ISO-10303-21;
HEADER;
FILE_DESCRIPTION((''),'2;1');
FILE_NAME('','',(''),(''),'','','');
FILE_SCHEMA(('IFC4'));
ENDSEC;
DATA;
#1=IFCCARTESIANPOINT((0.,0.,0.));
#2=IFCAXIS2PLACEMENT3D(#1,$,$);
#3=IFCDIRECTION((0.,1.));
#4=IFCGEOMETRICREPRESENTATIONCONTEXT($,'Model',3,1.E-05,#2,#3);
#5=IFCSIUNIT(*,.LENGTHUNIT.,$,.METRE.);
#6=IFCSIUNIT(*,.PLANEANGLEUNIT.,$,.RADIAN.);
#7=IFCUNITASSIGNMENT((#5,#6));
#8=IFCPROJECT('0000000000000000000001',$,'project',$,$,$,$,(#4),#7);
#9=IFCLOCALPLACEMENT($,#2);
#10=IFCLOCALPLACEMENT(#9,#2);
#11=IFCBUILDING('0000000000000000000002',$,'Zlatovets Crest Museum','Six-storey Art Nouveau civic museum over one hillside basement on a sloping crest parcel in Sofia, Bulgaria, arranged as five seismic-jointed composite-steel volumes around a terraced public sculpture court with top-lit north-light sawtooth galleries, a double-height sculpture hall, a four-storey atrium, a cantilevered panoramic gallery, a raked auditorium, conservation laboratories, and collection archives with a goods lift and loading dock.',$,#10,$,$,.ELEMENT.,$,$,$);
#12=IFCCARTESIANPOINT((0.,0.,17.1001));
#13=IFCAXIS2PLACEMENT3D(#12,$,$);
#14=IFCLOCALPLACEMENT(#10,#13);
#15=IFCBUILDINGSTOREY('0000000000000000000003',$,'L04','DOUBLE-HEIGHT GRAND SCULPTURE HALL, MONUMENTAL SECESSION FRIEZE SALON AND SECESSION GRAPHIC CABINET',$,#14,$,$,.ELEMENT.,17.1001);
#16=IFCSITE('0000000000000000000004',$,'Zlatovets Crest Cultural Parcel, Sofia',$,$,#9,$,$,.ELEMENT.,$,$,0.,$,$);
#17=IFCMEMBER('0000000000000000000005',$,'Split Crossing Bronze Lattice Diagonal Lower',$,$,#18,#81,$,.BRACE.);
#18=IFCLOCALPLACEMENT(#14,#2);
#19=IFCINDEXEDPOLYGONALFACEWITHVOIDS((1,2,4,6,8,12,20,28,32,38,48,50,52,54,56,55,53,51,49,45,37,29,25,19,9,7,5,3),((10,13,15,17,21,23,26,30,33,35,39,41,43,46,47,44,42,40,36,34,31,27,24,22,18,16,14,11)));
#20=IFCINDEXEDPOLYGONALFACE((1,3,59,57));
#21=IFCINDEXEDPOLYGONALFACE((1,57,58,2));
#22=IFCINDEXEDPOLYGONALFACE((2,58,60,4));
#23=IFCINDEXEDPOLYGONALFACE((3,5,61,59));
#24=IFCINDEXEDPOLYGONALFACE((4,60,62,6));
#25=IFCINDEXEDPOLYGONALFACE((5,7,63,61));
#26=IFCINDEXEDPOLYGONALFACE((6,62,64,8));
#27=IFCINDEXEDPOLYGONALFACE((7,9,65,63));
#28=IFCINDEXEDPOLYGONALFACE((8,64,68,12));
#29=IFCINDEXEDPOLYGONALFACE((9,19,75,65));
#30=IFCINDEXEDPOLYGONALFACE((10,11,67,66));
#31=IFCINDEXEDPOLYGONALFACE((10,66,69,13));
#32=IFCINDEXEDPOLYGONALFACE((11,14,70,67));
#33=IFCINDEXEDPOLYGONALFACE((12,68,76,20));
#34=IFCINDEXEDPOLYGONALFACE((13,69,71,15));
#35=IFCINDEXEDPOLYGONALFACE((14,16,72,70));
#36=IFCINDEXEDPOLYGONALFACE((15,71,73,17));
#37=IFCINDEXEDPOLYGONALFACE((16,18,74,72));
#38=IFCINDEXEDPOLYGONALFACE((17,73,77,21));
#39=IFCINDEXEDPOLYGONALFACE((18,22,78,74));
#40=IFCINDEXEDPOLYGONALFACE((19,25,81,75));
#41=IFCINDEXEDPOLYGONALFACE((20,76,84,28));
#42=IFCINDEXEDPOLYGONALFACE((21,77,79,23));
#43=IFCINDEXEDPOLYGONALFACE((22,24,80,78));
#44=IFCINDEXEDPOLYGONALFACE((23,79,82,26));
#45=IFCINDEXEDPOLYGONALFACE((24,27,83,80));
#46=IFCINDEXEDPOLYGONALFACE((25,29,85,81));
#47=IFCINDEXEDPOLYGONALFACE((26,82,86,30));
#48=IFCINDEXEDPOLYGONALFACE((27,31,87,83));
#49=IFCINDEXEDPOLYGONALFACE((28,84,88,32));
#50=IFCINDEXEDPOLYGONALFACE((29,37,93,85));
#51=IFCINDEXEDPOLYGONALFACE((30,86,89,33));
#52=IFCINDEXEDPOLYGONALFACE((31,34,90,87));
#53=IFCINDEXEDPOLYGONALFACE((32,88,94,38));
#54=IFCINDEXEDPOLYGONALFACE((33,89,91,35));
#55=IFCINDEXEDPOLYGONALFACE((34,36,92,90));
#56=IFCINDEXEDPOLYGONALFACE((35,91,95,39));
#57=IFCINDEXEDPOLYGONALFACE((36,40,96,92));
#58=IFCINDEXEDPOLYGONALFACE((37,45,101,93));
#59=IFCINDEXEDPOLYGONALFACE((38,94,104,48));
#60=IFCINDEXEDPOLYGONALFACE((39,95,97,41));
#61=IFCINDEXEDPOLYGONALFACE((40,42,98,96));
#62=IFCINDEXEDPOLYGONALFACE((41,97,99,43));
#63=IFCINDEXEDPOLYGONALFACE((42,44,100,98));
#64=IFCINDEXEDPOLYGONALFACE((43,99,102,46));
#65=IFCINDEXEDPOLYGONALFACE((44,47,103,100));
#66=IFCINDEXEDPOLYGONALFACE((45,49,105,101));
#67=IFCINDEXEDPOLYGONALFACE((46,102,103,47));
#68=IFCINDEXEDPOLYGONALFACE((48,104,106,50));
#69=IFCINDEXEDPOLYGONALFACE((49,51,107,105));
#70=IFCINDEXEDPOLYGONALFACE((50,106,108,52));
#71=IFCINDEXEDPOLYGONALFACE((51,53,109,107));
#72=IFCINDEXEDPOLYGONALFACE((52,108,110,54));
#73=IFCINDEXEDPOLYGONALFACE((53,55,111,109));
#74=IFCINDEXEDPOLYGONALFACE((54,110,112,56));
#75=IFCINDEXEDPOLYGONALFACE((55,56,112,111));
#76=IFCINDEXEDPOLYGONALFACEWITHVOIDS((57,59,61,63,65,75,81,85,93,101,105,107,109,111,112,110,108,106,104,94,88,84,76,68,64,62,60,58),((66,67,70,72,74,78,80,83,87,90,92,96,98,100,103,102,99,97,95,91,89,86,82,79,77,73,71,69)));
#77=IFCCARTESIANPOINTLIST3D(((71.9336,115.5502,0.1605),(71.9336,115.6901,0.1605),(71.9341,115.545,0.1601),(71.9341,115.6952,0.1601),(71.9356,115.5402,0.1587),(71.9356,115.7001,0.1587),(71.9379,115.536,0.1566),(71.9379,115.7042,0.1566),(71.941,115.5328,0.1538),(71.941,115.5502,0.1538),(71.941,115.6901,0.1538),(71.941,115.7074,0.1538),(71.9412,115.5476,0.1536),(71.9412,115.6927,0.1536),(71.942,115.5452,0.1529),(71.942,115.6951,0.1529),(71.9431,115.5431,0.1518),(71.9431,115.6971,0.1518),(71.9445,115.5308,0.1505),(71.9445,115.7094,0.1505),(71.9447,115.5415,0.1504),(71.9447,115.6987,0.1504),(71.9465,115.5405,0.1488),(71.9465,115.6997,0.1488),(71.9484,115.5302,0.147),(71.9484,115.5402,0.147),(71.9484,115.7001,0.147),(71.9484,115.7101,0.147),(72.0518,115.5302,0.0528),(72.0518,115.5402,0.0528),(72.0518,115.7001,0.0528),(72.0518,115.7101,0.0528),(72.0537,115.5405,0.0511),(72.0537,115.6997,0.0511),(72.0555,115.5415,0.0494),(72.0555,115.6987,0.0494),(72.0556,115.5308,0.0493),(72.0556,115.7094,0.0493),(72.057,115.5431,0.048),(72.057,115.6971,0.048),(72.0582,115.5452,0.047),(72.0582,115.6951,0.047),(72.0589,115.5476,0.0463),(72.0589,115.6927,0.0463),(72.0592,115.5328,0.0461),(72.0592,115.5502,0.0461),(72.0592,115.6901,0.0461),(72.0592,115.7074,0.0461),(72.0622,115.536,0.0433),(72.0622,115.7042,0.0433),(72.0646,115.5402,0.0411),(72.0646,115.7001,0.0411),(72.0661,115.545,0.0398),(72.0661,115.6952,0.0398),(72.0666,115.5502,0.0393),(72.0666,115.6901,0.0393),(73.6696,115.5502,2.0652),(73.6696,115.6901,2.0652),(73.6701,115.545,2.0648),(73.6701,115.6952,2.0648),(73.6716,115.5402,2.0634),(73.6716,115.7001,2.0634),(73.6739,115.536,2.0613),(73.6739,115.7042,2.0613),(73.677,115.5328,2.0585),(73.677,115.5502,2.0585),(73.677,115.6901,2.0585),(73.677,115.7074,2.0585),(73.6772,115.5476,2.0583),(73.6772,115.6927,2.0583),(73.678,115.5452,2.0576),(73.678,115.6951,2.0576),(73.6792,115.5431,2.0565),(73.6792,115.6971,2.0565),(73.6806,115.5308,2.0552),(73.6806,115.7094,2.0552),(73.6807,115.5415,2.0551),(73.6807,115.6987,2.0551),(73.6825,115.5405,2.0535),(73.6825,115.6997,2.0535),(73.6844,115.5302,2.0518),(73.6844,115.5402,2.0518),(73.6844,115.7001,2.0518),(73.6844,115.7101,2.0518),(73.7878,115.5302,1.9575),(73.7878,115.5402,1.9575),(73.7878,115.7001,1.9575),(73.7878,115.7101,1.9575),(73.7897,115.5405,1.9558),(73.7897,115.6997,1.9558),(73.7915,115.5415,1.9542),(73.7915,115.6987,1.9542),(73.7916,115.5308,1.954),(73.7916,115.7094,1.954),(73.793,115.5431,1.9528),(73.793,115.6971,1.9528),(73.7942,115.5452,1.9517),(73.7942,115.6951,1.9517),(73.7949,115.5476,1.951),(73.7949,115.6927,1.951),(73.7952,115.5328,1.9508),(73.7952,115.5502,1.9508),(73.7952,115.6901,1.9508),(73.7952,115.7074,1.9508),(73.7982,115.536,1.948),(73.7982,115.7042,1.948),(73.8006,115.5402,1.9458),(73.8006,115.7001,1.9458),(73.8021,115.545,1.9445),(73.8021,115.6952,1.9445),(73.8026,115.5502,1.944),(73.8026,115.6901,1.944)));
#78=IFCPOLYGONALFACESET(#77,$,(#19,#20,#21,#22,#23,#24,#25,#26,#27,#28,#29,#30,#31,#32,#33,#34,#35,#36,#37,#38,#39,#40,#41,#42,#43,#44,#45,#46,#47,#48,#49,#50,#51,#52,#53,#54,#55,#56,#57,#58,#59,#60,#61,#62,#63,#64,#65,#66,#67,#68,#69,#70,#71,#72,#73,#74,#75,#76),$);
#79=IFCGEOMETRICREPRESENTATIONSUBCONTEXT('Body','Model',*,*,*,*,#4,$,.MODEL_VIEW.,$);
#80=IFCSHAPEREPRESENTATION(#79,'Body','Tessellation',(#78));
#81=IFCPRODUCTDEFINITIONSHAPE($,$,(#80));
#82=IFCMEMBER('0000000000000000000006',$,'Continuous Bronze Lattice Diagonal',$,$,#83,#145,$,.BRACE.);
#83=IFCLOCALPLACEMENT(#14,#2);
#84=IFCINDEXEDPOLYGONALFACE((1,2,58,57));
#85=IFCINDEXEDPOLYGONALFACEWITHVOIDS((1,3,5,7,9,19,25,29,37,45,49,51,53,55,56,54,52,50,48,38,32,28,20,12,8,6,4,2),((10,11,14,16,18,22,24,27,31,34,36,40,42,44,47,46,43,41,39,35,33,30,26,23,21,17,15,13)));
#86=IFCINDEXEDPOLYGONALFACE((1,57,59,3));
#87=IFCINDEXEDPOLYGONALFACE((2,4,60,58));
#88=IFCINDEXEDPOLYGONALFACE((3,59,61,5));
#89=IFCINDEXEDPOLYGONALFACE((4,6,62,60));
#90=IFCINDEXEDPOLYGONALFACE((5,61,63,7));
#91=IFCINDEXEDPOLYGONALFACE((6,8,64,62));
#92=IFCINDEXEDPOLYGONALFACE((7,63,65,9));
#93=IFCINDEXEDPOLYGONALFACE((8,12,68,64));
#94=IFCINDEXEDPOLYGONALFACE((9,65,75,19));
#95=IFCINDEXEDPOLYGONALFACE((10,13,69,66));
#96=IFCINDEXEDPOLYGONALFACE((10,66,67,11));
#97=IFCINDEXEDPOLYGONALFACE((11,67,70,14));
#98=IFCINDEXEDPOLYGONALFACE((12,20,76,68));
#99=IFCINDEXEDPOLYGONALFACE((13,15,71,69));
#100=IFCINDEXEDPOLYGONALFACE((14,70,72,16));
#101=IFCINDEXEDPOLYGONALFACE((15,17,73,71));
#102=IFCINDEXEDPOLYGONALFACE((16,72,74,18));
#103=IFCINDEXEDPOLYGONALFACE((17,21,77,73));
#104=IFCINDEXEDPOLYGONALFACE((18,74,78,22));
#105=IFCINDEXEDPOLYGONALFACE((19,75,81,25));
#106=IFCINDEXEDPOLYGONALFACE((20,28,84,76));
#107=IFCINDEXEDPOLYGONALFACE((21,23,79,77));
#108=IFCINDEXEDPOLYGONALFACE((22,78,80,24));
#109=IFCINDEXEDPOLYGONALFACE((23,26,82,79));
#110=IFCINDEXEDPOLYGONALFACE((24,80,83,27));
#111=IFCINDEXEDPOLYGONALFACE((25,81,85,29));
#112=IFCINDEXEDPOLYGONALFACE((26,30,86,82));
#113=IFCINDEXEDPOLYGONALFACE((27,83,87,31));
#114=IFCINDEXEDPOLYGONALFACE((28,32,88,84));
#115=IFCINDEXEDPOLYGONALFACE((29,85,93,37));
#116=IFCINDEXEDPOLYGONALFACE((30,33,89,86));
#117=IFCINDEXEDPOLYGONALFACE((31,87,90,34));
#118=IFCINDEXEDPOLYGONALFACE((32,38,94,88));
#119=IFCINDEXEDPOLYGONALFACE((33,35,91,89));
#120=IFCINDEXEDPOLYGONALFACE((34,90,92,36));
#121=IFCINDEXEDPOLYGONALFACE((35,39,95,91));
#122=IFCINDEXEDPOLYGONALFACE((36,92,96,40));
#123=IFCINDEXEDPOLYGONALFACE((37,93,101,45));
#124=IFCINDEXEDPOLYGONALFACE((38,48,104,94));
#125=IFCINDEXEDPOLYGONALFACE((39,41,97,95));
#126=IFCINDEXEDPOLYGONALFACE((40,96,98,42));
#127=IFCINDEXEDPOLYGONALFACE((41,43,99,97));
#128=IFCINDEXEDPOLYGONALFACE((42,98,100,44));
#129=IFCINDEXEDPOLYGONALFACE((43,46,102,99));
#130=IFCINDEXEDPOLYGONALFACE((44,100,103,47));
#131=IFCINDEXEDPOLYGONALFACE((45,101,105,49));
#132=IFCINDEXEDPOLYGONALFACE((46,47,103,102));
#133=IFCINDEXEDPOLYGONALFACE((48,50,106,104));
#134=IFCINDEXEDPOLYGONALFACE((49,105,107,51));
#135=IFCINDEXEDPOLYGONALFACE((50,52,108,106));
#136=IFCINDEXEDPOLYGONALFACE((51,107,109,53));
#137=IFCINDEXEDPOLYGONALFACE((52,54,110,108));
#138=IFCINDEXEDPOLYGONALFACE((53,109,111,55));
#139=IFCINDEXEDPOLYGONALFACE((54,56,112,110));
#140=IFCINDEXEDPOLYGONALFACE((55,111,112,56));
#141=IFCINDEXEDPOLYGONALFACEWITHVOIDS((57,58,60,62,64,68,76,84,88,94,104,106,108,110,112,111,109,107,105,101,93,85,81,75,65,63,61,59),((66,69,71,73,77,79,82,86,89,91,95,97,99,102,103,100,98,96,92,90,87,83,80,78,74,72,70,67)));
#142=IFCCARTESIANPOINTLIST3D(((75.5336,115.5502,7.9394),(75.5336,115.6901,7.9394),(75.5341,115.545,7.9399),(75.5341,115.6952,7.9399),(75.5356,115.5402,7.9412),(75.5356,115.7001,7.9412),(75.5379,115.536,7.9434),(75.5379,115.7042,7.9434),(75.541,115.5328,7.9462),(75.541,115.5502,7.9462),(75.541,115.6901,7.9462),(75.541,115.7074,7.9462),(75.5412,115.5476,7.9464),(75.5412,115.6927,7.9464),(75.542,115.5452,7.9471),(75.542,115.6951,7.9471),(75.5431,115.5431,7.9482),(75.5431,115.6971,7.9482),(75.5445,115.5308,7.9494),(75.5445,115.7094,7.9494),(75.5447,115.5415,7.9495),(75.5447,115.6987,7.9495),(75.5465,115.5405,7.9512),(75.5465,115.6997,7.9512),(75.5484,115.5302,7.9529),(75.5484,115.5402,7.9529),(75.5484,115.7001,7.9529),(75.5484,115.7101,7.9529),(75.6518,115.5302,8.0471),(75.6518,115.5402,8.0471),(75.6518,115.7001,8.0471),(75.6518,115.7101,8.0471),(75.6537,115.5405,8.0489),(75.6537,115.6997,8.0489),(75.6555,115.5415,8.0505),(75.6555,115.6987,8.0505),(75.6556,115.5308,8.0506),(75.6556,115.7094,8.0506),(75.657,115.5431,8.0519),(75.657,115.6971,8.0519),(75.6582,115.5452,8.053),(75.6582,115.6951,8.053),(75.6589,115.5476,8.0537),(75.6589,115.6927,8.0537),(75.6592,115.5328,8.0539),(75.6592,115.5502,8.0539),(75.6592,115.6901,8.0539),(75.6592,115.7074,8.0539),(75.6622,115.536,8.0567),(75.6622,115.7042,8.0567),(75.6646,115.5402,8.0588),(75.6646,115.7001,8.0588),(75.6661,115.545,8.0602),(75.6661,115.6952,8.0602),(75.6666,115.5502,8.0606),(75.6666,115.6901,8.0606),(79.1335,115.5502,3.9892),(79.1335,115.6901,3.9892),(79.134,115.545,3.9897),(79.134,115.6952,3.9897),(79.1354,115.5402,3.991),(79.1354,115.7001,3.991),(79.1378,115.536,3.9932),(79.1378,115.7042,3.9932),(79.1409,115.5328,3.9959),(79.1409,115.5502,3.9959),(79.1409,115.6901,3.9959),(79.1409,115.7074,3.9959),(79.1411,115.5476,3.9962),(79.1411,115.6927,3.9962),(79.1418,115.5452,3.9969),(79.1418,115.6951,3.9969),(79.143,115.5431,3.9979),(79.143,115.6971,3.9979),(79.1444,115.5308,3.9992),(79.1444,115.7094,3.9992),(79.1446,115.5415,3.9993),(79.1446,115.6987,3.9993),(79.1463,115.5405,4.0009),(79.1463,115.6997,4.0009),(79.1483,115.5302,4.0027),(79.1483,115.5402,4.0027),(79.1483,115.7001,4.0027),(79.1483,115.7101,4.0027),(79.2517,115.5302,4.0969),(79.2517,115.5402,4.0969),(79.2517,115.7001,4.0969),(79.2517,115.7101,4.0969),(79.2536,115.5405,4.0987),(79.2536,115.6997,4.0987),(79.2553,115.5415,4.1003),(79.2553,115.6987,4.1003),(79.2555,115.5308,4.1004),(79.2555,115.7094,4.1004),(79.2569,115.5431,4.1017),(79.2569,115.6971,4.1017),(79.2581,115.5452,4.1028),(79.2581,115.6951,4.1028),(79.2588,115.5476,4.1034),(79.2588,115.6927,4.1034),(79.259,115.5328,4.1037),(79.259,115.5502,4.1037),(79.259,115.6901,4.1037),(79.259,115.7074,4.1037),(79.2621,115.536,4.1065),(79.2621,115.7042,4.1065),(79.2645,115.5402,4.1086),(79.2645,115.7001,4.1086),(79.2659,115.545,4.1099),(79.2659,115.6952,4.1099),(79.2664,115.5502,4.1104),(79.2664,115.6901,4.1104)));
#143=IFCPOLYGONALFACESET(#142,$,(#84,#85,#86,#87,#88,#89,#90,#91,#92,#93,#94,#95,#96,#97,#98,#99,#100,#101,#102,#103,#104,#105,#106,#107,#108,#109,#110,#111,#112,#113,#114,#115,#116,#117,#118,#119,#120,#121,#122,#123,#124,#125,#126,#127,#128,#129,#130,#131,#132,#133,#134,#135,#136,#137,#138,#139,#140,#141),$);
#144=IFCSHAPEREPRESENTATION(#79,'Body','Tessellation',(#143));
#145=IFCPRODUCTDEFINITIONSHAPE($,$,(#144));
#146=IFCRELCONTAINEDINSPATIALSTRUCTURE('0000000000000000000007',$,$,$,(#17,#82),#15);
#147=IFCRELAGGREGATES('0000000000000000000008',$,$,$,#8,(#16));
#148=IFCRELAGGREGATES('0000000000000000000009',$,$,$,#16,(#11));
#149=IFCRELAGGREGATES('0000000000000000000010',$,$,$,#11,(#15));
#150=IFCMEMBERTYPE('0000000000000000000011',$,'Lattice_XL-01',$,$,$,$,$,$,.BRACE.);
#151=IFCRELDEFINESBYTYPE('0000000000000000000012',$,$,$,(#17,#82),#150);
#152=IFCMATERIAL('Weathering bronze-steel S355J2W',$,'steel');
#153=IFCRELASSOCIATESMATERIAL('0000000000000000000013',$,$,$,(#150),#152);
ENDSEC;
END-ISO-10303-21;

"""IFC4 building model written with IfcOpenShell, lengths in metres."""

from ifc_helpers import new_model, si_unit, direction, frame, origin, origin_2d, place, context, subcontext, project, spatial, hollow_rectangle, extrude, material, material_profile, profile_set, type_object, element, save


model = new_model("IFC4")

# Units and contexts
model_context = context("Model", 3, precision=1e-05, world=origin(), true_north=direction((0.0, 1.0)))
body_context = subcontext(model_context, "Body", "Model", "MODEL_VIEW")
ifc_project = project(units=[si_unit("LENGTHUNIT", "METRE"), si_unit("PLANEANGLEUNIT", "RADIAN")], contexts=[model_context])

# Site, building, storey
site_placement = place(None, origin())
site = spatial("IfcSite", under=ifc_project, at=site_placement, Name="Zlatovets Crest Cultural Parcel, Sofia", CompositionType="ELEMENT", RefElevation=0.0)
building_placement = place(site_placement, origin())
building = spatial("IfcBuilding", under=site, at=building_placement, Name="Zlatovets Crest Museum", Description="Six-storey Art Nouveau civic museum over one hillside basement on a sloping crest parcel in Sofia, Bulgaria, arranged as five seismic-jointed composite-steel volumes around a terraced public sculpture court with top-lit north-light sawtooth galleries, a double-height sculpture hall, a four-storey atrium, a cantilevered panoramic gallery, a raked auditorium, conservation laboratories, and collection archives with a goods lift and loading dock.", CompositionType="ELEMENT")
storey_placement = place(building_placement, frame((0.0, 0.0, 17.1001)))
storey = spatial("IfcBuildingStorey", under=building, at=storey_placement, Name="L04", Description="DOUBLE-HEIGHT GRAND SCULPTURE HALL, MONUMENTAL SECESSION FRIEZE SALON AND SECESSION GRAPHIC CABINET", CompositionType="ELEMENT", Elevation=17.1001)

# Members
ifc_material_1 = material(Name="Weathering bronze-steel S355J2W", Category="steel")
ifc_material_profile_1 = material_profile(ifc_material_1, hollow_rectangle(XDim=0.1799, YDim=0.1799, WallThickness=0.01, InnerFilletRadius=0.01, OuterFilletRadius=0.02, at=origin_2d()), Name="SHS 180x180x10.0")
ifc_profile_set_1 = profile_set([ifc_material_profile_1], Name="Weathering bronze-steel S355J2W")
member_type_1 = type_object("IfcMemberType", Name="Lattice_XL-01", PredefinedType="BRACE", material=ifc_profile_set_1)
for number, where, z_axis, x_axis, name in (
    (1, (73.7361, 115.6201, 2.0046), (-0.67362, 0.0, -0.739078), (0.0, -1.0, 0.0), "Split Crossing Bronze Lattice Diagonal Lower"),
):
    element("IfcMember", number, at=place(storey_placement, frame(where, z_axis=z_axis, x_axis=x_axis)), inside=storey, type_object=member_type_1, Name=name, PredefinedType="BRACE", context=body_context, shape_type="SweptSolid", body=[
        extrude(hollow_rectangle(XDim=0.1799, YDim=0.1799, WallThickness=0.01, InnerFilletRadius=0.01, OuterFilletRadius=0.02, at=origin_2d()), origin(), (0.0, 0.0, 1.0), 2.5771),
    ])
member_1_placement = place(storey_placement, frame((79.2, 115.6201, 4.0498), z_axis=(-0.67357, 0.0, 0.739123), x_axis=(0.0, -1.0, 0.0)))
element("IfcMember", 2, at=member_1_placement, inside=storey, type_object=member_type_1, Name="Continuous Bronze Lattice Diagonal", PredefinedType="BRACE", context=body_context, shape_type="SweptSolid", body=[
    extrude(hollow_rectangle(XDim=0.1799, YDim=0.1799, WallThickness=0.01, InnerFilletRadius=0.01, OuterFilletRadius=0.02, at=origin_2d()), origin(), (0.0, 0.0, 1.0), 5.3445),
])

save(model, "model.ifc")
